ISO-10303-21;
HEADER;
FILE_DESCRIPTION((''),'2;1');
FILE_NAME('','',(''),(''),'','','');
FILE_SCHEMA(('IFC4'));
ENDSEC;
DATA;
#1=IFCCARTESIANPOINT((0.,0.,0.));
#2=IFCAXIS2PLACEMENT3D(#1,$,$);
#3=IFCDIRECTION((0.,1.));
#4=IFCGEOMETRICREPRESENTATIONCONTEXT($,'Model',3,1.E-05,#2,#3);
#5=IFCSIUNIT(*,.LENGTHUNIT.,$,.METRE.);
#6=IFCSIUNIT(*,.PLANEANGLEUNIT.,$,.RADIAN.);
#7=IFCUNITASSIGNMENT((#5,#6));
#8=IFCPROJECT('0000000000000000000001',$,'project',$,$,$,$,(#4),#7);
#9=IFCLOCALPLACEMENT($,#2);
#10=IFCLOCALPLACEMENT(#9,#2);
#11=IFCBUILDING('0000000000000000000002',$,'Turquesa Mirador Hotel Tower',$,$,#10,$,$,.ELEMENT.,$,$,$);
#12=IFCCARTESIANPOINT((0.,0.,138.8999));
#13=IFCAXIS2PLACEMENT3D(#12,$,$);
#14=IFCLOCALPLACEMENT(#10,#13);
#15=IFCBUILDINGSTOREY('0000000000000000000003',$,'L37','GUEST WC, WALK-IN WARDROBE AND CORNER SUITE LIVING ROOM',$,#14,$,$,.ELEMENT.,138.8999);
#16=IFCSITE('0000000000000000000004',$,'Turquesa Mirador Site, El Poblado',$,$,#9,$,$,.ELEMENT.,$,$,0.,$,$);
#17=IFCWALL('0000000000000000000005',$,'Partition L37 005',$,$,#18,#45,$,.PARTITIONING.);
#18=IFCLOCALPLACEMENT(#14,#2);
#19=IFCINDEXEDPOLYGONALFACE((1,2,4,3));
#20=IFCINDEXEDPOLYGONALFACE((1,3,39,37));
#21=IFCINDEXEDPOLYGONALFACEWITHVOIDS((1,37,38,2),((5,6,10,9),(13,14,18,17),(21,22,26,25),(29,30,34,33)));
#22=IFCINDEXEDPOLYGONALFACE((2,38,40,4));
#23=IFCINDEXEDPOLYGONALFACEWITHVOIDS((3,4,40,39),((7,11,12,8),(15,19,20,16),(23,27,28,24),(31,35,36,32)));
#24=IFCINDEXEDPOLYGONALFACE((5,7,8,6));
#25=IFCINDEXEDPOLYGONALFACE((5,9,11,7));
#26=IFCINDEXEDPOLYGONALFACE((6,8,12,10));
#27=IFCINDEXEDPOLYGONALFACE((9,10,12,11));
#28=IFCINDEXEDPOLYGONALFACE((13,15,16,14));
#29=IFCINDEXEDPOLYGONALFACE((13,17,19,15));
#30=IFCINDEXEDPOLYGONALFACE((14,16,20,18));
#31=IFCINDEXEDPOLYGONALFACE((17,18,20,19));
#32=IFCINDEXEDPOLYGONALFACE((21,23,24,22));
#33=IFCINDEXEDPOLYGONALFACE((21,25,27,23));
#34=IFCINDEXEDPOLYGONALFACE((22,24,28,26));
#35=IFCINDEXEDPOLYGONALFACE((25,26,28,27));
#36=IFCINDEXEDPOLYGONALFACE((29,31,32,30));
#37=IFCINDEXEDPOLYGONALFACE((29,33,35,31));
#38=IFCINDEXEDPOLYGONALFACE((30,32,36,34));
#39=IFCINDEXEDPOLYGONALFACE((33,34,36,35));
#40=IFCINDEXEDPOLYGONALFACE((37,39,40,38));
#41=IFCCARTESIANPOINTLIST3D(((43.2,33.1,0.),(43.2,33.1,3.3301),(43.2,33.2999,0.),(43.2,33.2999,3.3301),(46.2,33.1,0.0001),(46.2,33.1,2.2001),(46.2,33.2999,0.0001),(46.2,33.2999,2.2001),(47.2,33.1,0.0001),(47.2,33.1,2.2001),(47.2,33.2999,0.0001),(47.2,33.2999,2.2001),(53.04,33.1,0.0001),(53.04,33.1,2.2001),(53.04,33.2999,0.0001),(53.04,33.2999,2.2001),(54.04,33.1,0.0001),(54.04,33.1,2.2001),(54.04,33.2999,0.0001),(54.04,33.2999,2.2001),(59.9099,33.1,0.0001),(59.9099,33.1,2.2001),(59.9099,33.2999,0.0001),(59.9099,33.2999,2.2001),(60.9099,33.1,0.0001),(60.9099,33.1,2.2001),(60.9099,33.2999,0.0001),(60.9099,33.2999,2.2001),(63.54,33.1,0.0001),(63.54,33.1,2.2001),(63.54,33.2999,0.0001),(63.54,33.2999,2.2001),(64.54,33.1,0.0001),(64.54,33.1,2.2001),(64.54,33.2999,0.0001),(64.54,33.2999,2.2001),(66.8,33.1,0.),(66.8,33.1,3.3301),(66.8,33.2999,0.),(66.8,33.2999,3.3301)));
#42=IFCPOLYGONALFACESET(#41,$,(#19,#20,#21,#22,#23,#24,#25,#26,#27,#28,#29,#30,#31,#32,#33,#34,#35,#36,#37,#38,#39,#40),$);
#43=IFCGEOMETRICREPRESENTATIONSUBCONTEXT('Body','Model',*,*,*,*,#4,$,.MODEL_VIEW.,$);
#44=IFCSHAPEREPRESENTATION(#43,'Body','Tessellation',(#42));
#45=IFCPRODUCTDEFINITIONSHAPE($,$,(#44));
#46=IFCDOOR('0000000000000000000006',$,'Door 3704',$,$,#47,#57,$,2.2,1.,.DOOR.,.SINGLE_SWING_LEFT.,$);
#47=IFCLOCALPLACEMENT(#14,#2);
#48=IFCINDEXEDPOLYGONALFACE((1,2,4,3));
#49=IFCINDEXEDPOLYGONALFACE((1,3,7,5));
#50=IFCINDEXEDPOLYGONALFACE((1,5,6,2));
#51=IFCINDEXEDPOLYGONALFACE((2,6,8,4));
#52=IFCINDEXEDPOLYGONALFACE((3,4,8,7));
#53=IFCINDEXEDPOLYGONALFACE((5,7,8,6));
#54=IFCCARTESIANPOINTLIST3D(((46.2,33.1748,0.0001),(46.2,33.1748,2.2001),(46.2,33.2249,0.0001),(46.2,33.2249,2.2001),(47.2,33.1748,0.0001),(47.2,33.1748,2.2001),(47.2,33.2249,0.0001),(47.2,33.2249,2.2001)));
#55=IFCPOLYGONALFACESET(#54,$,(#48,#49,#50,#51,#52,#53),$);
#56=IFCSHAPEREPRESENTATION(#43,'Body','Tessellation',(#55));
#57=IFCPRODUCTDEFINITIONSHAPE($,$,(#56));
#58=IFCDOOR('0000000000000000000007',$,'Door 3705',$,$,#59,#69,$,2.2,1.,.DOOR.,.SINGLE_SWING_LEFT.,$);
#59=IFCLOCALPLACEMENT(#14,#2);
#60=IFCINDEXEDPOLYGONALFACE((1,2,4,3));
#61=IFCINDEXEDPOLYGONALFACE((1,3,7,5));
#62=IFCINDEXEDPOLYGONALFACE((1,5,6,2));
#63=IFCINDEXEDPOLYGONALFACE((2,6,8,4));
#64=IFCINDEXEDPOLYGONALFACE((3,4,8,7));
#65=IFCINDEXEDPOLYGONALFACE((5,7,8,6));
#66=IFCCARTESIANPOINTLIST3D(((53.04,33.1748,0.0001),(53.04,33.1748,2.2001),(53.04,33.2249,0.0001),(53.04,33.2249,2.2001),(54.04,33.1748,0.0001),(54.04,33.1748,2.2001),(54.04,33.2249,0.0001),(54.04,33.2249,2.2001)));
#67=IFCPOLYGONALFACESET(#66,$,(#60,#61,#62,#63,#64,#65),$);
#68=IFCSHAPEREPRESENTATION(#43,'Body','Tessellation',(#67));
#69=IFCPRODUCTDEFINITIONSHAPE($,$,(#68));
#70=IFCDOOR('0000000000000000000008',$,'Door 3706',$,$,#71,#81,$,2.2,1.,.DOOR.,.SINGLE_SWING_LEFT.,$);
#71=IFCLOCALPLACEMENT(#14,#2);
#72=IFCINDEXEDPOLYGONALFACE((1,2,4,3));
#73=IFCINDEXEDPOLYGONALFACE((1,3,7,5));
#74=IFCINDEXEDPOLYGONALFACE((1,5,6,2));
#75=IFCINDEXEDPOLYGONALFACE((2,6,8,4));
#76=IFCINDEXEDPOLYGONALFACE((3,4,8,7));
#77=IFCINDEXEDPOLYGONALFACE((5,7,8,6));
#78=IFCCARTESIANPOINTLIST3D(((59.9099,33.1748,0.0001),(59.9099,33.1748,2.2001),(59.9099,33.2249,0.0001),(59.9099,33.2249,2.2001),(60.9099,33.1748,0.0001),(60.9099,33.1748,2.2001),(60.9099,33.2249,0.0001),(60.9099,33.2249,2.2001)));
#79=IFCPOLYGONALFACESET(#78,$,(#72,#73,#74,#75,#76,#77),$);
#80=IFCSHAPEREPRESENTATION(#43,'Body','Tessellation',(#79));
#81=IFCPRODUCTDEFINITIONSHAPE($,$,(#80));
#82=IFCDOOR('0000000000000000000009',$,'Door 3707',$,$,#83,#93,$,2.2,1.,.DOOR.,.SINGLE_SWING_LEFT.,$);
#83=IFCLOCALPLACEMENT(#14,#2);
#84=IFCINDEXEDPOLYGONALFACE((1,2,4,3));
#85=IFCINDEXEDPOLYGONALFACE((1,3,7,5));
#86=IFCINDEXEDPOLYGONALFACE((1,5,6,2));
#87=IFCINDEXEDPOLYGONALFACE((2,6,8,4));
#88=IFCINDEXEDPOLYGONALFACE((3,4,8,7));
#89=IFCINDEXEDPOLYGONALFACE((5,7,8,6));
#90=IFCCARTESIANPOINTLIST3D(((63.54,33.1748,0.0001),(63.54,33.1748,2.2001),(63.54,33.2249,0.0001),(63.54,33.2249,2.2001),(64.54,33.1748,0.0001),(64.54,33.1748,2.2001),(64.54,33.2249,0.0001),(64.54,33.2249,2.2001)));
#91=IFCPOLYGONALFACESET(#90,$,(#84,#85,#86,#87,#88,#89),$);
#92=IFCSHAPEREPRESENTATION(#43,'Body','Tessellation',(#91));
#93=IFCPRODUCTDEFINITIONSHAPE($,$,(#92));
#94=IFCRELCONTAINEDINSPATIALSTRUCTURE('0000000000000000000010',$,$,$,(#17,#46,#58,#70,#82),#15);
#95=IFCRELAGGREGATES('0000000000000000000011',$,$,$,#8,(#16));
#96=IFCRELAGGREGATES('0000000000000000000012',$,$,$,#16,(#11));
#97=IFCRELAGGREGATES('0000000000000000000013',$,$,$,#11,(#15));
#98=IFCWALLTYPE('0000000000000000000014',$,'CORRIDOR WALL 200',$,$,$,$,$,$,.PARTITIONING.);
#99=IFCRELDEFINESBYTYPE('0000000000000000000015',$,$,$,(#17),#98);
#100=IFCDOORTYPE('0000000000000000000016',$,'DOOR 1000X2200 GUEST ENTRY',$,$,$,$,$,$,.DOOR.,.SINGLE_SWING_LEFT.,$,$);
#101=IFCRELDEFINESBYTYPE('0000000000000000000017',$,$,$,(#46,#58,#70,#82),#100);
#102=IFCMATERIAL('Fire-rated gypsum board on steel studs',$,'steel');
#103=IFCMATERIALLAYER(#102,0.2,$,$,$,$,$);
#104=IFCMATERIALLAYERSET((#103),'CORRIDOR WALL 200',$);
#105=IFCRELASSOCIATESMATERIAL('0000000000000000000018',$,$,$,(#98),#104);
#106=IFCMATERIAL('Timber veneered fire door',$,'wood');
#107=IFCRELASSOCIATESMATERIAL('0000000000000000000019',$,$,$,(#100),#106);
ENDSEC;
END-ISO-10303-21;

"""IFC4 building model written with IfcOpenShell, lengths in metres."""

from ifc_helpers import new_model, si_unit, direction, frame, frame_2d, origin, place, context, subcontext, project, spatial, rectangle, extrude, material, layer, layer_set, type_object, element, fill, save


model = new_model("IFC4")

# Units and contexts
model_context = context("Model", 3, precision=1e-05, world=origin(), true_north=direction((0.0, 1.0)))
body_context = subcontext(model_context, "Body", "Model", "MODEL_VIEW")
ifc_project = project(units=[si_unit("LENGTHUNIT", "METRE"), si_unit("PLANEANGLEUNIT", "RADIAN")], contexts=[model_context])

# Site, building, storey
site_placement = place(None, origin())
site = spatial("IfcSite", under=ifc_project, at=site_placement, Name="Turquesa Mirador Site, El Poblado", CompositionType="ELEMENT", RefElevation=0.0)
building_placement = place(site_placement, origin())
building = spatial("IfcBuilding", under=site, at=building_placement, Name="Turquesa Mirador Hotel Tower", CompositionType="ELEMENT")
storey_placement = place(building_placement, frame((0.0, 0.0, 138.8999)))
storey = spatial("IfcBuildingStorey", under=building, at=storey_placement, Name="L37", Description="GUEST WC, WALK-IN WARDROBE AND CORNER SUITE LIVING ROOM", CompositionType="ELEMENT", Elevation=138.8999)

# Wall, openings, doors
ifc_material_1 = material(Name="Fire-rated gypsum board on steel studs", Category="steel")
ifc_layer_1 = layer(ifc_material_1, 0.2)
ifc_layer_set_1 = layer_set([ifc_layer_1], Name="CORRIDOR WALL 200")
wall_type_1 = type_object("IfcWallType", Name="CORRIDOR WALL 200", PredefinedType="PARTITIONING", material=ifc_layer_set_1)
wall_1_placement = place(storey_placement, frame((43.2, 33.2, 0.0), z_axis=(0.0, 0.0, 1.0), x_axis=(1.0, 0.0, 0.0)))
wall_1 = element("IfcWall", 1, at=wall_1_placement, inside=storey, type_object=wall_type_1, Name="Partition L37 005", PredefinedType="PARTITIONING", context=body_context, shape_type="SweptSolid", body=[
    extrude(rectangle(XDim=23.6001, YDim=0.2, at=frame_2d((11.8, 0.0))), origin(), (0.0, 0.0, 1.0), 3.3301),
])
opening_1_placement = place(wall_1_placement, frame((3.0, 0.0, 0.0)))
opening_1 = element("IfcOpeningElement", 2, at=opening_1_placement, cuts=wall_1, PredefinedType="OPENING", context=body_context, shape_type="SweptSolid", body=[
    extrude(rectangle(XDim=1.0, YDim=2.2, at=frame_2d((0.5, 1.1001))), frame((0.0, 0.1099, 0.0), z_axis=(0.0, -1.0, 0.0), x_axis=(1.0, 0.0, 0.0)), (0.0, 0.0, 1.0), 0.22),
])
opening_2_placement = place(wall_1_placement, frame((9.8401, 0.0, 0.0)))
opening_2 = element("IfcOpeningElement", 3, at=opening_2_placement, cuts=wall_1, PredefinedType="OPENING", context=body_context, shape_type="SweptSolid", body=[
    extrude(rectangle(XDim=1.0, YDim=2.2, at=frame_2d((0.5, 1.1001))), frame((0.0, 0.1099, 0.0), z_axis=(0.0, -1.0, 0.0), x_axis=(1.0, 0.0, 0.0)), (0.0, 0.0, 1.0), 0.22),
])
opening_3_placement = place(wall_1_placement, frame((16.71, 0.0, 0.0)))
opening_3 = element("IfcOpeningElement", 4, at=opening_3_placement, cuts=wall_1, PredefinedType="OPENING", context=body_context, shape_type="SweptSolid", body=[
    extrude(rectangle(XDim=1.0, YDim=2.2, at=frame_2d((0.5, 1.1001))), frame((0.0, 0.1099, 0.0), z_axis=(0.0, -1.0, 0.0), x_axis=(1.0, 0.0, 0.0)), (0.0, 0.0, 1.0), 0.22),
])
opening_4_placement = place(wall_1_placement, frame((20.3401, 0.0, 0.0)))
opening_4 = element("IfcOpeningElement", 5, at=opening_4_placement, cuts=wall_1, PredefinedType="OPENING", context=body_context, shape_type="SweptSolid", body=[
    extrude(rectangle(XDim=1.0, YDim=2.2, at=frame_2d((0.5, 1.1001))), frame((0.0, 0.1099, 0.0), z_axis=(0.0, -1.0, 0.0), x_axis=(1.0, 0.0, 0.0)), (0.0, 0.0, 1.0), 0.22),
])
ifc_material_2 = material(Name="Timber veneered fire door", Category="wood")
door_type_1 = type_object("IfcDoorType", Name="DOOR 1000X2200 GUEST ENTRY", OperationType="SINGLE_SWING_LEFT", PredefinedType="DOOR", material=ifc_material_2)
door_1_placement = place(opening_1_placement, origin())
door_1 = element("IfcDoor", 6, at=door_1_placement, inside=storey, type_object=door_type_1, Name="Door 3704", OperationType="SINGLE_SWING_LEFT", OverallHeight=2.2, OverallWidth=1.0, PredefinedType="DOOR", context=body_context, shape_type="SweptSolid", body=[
    extrude(rectangle(XDim=1.0, YDim=2.2, at=frame_2d((0.5, 1.1001))), frame((0.0, 0.0249, 0.0), z_axis=(0.0, -1.0, 0.0), x_axis=(1.0, 0.0, 0.0)), (0.0, 0.0, 1.0), 0.05),
])
fill(opening_1, door_1)
door_2_placement = place(opening_2_placement, origin())
door_2 = element("IfcDoor", 7, at=door_2_placement, inside=storey, type_object=door_type_1, Name="Door 3705", OperationType="SINGLE_SWING_LEFT", OverallHeight=2.2, OverallWidth=1.0, PredefinedType="DOOR", context=body_context, shape_type="SweptSolid", body=[
    extrude(rectangle(XDim=1.0, YDim=2.2, at=frame_2d((0.5, 1.1001))), frame((0.0, 0.0249, 0.0), z_axis=(0.0, -1.0, 0.0), x_axis=(1.0, 0.0, 0.0)), (0.0, 0.0, 1.0), 0.05),
])
fill(opening_2, door_2)
door_3_placement = place(opening_3_placement, origin())
door_3 = element("IfcDoor", 8, at=door_3_placement, inside=storey, type_object=door_type_1, Name="Door 3706", OperationType="SINGLE_SWING_LEFT", OverallHeight=2.2, OverallWidth=1.0, PredefinedType="DOOR", context=body_context, shape_type="SweptSolid", body=[
    extrude(rectangle(XDim=1.0, YDim=2.2, at=frame_2d((0.5, 1.1001))), frame((0.0, 0.0249, 0.0), z_axis=(0.0, -1.0, 0.0), x_axis=(1.0, 0.0, 0.0)), (0.0, 0.0, 1.0), 0.05),
])
fill(opening_3, door_3)
door_4_placement = place(opening_4_placement, origin())
door_4 = element("IfcDoor", 9, at=door_4_placement, inside=storey, type_object=door_type_1, Name="Door 3707", OperationType="SINGLE_SWING_LEFT", OverallHeight=2.2, OverallWidth=1.0, PredefinedType="DOOR", context=body_context, shape_type="SweptSolid", body=[
    extrude(rectangle(XDim=1.0, YDim=2.2, at=frame_2d((0.5, 1.1001))), frame((0.0, 0.0249, 0.0), z_axis=(0.0, -1.0, 0.0), x_axis=(1.0, 0.0, 0.0)), (0.0, 0.0, 1.0), 0.05),
])
fill(opening_4, door_4)

save(model, "model.ifc")
